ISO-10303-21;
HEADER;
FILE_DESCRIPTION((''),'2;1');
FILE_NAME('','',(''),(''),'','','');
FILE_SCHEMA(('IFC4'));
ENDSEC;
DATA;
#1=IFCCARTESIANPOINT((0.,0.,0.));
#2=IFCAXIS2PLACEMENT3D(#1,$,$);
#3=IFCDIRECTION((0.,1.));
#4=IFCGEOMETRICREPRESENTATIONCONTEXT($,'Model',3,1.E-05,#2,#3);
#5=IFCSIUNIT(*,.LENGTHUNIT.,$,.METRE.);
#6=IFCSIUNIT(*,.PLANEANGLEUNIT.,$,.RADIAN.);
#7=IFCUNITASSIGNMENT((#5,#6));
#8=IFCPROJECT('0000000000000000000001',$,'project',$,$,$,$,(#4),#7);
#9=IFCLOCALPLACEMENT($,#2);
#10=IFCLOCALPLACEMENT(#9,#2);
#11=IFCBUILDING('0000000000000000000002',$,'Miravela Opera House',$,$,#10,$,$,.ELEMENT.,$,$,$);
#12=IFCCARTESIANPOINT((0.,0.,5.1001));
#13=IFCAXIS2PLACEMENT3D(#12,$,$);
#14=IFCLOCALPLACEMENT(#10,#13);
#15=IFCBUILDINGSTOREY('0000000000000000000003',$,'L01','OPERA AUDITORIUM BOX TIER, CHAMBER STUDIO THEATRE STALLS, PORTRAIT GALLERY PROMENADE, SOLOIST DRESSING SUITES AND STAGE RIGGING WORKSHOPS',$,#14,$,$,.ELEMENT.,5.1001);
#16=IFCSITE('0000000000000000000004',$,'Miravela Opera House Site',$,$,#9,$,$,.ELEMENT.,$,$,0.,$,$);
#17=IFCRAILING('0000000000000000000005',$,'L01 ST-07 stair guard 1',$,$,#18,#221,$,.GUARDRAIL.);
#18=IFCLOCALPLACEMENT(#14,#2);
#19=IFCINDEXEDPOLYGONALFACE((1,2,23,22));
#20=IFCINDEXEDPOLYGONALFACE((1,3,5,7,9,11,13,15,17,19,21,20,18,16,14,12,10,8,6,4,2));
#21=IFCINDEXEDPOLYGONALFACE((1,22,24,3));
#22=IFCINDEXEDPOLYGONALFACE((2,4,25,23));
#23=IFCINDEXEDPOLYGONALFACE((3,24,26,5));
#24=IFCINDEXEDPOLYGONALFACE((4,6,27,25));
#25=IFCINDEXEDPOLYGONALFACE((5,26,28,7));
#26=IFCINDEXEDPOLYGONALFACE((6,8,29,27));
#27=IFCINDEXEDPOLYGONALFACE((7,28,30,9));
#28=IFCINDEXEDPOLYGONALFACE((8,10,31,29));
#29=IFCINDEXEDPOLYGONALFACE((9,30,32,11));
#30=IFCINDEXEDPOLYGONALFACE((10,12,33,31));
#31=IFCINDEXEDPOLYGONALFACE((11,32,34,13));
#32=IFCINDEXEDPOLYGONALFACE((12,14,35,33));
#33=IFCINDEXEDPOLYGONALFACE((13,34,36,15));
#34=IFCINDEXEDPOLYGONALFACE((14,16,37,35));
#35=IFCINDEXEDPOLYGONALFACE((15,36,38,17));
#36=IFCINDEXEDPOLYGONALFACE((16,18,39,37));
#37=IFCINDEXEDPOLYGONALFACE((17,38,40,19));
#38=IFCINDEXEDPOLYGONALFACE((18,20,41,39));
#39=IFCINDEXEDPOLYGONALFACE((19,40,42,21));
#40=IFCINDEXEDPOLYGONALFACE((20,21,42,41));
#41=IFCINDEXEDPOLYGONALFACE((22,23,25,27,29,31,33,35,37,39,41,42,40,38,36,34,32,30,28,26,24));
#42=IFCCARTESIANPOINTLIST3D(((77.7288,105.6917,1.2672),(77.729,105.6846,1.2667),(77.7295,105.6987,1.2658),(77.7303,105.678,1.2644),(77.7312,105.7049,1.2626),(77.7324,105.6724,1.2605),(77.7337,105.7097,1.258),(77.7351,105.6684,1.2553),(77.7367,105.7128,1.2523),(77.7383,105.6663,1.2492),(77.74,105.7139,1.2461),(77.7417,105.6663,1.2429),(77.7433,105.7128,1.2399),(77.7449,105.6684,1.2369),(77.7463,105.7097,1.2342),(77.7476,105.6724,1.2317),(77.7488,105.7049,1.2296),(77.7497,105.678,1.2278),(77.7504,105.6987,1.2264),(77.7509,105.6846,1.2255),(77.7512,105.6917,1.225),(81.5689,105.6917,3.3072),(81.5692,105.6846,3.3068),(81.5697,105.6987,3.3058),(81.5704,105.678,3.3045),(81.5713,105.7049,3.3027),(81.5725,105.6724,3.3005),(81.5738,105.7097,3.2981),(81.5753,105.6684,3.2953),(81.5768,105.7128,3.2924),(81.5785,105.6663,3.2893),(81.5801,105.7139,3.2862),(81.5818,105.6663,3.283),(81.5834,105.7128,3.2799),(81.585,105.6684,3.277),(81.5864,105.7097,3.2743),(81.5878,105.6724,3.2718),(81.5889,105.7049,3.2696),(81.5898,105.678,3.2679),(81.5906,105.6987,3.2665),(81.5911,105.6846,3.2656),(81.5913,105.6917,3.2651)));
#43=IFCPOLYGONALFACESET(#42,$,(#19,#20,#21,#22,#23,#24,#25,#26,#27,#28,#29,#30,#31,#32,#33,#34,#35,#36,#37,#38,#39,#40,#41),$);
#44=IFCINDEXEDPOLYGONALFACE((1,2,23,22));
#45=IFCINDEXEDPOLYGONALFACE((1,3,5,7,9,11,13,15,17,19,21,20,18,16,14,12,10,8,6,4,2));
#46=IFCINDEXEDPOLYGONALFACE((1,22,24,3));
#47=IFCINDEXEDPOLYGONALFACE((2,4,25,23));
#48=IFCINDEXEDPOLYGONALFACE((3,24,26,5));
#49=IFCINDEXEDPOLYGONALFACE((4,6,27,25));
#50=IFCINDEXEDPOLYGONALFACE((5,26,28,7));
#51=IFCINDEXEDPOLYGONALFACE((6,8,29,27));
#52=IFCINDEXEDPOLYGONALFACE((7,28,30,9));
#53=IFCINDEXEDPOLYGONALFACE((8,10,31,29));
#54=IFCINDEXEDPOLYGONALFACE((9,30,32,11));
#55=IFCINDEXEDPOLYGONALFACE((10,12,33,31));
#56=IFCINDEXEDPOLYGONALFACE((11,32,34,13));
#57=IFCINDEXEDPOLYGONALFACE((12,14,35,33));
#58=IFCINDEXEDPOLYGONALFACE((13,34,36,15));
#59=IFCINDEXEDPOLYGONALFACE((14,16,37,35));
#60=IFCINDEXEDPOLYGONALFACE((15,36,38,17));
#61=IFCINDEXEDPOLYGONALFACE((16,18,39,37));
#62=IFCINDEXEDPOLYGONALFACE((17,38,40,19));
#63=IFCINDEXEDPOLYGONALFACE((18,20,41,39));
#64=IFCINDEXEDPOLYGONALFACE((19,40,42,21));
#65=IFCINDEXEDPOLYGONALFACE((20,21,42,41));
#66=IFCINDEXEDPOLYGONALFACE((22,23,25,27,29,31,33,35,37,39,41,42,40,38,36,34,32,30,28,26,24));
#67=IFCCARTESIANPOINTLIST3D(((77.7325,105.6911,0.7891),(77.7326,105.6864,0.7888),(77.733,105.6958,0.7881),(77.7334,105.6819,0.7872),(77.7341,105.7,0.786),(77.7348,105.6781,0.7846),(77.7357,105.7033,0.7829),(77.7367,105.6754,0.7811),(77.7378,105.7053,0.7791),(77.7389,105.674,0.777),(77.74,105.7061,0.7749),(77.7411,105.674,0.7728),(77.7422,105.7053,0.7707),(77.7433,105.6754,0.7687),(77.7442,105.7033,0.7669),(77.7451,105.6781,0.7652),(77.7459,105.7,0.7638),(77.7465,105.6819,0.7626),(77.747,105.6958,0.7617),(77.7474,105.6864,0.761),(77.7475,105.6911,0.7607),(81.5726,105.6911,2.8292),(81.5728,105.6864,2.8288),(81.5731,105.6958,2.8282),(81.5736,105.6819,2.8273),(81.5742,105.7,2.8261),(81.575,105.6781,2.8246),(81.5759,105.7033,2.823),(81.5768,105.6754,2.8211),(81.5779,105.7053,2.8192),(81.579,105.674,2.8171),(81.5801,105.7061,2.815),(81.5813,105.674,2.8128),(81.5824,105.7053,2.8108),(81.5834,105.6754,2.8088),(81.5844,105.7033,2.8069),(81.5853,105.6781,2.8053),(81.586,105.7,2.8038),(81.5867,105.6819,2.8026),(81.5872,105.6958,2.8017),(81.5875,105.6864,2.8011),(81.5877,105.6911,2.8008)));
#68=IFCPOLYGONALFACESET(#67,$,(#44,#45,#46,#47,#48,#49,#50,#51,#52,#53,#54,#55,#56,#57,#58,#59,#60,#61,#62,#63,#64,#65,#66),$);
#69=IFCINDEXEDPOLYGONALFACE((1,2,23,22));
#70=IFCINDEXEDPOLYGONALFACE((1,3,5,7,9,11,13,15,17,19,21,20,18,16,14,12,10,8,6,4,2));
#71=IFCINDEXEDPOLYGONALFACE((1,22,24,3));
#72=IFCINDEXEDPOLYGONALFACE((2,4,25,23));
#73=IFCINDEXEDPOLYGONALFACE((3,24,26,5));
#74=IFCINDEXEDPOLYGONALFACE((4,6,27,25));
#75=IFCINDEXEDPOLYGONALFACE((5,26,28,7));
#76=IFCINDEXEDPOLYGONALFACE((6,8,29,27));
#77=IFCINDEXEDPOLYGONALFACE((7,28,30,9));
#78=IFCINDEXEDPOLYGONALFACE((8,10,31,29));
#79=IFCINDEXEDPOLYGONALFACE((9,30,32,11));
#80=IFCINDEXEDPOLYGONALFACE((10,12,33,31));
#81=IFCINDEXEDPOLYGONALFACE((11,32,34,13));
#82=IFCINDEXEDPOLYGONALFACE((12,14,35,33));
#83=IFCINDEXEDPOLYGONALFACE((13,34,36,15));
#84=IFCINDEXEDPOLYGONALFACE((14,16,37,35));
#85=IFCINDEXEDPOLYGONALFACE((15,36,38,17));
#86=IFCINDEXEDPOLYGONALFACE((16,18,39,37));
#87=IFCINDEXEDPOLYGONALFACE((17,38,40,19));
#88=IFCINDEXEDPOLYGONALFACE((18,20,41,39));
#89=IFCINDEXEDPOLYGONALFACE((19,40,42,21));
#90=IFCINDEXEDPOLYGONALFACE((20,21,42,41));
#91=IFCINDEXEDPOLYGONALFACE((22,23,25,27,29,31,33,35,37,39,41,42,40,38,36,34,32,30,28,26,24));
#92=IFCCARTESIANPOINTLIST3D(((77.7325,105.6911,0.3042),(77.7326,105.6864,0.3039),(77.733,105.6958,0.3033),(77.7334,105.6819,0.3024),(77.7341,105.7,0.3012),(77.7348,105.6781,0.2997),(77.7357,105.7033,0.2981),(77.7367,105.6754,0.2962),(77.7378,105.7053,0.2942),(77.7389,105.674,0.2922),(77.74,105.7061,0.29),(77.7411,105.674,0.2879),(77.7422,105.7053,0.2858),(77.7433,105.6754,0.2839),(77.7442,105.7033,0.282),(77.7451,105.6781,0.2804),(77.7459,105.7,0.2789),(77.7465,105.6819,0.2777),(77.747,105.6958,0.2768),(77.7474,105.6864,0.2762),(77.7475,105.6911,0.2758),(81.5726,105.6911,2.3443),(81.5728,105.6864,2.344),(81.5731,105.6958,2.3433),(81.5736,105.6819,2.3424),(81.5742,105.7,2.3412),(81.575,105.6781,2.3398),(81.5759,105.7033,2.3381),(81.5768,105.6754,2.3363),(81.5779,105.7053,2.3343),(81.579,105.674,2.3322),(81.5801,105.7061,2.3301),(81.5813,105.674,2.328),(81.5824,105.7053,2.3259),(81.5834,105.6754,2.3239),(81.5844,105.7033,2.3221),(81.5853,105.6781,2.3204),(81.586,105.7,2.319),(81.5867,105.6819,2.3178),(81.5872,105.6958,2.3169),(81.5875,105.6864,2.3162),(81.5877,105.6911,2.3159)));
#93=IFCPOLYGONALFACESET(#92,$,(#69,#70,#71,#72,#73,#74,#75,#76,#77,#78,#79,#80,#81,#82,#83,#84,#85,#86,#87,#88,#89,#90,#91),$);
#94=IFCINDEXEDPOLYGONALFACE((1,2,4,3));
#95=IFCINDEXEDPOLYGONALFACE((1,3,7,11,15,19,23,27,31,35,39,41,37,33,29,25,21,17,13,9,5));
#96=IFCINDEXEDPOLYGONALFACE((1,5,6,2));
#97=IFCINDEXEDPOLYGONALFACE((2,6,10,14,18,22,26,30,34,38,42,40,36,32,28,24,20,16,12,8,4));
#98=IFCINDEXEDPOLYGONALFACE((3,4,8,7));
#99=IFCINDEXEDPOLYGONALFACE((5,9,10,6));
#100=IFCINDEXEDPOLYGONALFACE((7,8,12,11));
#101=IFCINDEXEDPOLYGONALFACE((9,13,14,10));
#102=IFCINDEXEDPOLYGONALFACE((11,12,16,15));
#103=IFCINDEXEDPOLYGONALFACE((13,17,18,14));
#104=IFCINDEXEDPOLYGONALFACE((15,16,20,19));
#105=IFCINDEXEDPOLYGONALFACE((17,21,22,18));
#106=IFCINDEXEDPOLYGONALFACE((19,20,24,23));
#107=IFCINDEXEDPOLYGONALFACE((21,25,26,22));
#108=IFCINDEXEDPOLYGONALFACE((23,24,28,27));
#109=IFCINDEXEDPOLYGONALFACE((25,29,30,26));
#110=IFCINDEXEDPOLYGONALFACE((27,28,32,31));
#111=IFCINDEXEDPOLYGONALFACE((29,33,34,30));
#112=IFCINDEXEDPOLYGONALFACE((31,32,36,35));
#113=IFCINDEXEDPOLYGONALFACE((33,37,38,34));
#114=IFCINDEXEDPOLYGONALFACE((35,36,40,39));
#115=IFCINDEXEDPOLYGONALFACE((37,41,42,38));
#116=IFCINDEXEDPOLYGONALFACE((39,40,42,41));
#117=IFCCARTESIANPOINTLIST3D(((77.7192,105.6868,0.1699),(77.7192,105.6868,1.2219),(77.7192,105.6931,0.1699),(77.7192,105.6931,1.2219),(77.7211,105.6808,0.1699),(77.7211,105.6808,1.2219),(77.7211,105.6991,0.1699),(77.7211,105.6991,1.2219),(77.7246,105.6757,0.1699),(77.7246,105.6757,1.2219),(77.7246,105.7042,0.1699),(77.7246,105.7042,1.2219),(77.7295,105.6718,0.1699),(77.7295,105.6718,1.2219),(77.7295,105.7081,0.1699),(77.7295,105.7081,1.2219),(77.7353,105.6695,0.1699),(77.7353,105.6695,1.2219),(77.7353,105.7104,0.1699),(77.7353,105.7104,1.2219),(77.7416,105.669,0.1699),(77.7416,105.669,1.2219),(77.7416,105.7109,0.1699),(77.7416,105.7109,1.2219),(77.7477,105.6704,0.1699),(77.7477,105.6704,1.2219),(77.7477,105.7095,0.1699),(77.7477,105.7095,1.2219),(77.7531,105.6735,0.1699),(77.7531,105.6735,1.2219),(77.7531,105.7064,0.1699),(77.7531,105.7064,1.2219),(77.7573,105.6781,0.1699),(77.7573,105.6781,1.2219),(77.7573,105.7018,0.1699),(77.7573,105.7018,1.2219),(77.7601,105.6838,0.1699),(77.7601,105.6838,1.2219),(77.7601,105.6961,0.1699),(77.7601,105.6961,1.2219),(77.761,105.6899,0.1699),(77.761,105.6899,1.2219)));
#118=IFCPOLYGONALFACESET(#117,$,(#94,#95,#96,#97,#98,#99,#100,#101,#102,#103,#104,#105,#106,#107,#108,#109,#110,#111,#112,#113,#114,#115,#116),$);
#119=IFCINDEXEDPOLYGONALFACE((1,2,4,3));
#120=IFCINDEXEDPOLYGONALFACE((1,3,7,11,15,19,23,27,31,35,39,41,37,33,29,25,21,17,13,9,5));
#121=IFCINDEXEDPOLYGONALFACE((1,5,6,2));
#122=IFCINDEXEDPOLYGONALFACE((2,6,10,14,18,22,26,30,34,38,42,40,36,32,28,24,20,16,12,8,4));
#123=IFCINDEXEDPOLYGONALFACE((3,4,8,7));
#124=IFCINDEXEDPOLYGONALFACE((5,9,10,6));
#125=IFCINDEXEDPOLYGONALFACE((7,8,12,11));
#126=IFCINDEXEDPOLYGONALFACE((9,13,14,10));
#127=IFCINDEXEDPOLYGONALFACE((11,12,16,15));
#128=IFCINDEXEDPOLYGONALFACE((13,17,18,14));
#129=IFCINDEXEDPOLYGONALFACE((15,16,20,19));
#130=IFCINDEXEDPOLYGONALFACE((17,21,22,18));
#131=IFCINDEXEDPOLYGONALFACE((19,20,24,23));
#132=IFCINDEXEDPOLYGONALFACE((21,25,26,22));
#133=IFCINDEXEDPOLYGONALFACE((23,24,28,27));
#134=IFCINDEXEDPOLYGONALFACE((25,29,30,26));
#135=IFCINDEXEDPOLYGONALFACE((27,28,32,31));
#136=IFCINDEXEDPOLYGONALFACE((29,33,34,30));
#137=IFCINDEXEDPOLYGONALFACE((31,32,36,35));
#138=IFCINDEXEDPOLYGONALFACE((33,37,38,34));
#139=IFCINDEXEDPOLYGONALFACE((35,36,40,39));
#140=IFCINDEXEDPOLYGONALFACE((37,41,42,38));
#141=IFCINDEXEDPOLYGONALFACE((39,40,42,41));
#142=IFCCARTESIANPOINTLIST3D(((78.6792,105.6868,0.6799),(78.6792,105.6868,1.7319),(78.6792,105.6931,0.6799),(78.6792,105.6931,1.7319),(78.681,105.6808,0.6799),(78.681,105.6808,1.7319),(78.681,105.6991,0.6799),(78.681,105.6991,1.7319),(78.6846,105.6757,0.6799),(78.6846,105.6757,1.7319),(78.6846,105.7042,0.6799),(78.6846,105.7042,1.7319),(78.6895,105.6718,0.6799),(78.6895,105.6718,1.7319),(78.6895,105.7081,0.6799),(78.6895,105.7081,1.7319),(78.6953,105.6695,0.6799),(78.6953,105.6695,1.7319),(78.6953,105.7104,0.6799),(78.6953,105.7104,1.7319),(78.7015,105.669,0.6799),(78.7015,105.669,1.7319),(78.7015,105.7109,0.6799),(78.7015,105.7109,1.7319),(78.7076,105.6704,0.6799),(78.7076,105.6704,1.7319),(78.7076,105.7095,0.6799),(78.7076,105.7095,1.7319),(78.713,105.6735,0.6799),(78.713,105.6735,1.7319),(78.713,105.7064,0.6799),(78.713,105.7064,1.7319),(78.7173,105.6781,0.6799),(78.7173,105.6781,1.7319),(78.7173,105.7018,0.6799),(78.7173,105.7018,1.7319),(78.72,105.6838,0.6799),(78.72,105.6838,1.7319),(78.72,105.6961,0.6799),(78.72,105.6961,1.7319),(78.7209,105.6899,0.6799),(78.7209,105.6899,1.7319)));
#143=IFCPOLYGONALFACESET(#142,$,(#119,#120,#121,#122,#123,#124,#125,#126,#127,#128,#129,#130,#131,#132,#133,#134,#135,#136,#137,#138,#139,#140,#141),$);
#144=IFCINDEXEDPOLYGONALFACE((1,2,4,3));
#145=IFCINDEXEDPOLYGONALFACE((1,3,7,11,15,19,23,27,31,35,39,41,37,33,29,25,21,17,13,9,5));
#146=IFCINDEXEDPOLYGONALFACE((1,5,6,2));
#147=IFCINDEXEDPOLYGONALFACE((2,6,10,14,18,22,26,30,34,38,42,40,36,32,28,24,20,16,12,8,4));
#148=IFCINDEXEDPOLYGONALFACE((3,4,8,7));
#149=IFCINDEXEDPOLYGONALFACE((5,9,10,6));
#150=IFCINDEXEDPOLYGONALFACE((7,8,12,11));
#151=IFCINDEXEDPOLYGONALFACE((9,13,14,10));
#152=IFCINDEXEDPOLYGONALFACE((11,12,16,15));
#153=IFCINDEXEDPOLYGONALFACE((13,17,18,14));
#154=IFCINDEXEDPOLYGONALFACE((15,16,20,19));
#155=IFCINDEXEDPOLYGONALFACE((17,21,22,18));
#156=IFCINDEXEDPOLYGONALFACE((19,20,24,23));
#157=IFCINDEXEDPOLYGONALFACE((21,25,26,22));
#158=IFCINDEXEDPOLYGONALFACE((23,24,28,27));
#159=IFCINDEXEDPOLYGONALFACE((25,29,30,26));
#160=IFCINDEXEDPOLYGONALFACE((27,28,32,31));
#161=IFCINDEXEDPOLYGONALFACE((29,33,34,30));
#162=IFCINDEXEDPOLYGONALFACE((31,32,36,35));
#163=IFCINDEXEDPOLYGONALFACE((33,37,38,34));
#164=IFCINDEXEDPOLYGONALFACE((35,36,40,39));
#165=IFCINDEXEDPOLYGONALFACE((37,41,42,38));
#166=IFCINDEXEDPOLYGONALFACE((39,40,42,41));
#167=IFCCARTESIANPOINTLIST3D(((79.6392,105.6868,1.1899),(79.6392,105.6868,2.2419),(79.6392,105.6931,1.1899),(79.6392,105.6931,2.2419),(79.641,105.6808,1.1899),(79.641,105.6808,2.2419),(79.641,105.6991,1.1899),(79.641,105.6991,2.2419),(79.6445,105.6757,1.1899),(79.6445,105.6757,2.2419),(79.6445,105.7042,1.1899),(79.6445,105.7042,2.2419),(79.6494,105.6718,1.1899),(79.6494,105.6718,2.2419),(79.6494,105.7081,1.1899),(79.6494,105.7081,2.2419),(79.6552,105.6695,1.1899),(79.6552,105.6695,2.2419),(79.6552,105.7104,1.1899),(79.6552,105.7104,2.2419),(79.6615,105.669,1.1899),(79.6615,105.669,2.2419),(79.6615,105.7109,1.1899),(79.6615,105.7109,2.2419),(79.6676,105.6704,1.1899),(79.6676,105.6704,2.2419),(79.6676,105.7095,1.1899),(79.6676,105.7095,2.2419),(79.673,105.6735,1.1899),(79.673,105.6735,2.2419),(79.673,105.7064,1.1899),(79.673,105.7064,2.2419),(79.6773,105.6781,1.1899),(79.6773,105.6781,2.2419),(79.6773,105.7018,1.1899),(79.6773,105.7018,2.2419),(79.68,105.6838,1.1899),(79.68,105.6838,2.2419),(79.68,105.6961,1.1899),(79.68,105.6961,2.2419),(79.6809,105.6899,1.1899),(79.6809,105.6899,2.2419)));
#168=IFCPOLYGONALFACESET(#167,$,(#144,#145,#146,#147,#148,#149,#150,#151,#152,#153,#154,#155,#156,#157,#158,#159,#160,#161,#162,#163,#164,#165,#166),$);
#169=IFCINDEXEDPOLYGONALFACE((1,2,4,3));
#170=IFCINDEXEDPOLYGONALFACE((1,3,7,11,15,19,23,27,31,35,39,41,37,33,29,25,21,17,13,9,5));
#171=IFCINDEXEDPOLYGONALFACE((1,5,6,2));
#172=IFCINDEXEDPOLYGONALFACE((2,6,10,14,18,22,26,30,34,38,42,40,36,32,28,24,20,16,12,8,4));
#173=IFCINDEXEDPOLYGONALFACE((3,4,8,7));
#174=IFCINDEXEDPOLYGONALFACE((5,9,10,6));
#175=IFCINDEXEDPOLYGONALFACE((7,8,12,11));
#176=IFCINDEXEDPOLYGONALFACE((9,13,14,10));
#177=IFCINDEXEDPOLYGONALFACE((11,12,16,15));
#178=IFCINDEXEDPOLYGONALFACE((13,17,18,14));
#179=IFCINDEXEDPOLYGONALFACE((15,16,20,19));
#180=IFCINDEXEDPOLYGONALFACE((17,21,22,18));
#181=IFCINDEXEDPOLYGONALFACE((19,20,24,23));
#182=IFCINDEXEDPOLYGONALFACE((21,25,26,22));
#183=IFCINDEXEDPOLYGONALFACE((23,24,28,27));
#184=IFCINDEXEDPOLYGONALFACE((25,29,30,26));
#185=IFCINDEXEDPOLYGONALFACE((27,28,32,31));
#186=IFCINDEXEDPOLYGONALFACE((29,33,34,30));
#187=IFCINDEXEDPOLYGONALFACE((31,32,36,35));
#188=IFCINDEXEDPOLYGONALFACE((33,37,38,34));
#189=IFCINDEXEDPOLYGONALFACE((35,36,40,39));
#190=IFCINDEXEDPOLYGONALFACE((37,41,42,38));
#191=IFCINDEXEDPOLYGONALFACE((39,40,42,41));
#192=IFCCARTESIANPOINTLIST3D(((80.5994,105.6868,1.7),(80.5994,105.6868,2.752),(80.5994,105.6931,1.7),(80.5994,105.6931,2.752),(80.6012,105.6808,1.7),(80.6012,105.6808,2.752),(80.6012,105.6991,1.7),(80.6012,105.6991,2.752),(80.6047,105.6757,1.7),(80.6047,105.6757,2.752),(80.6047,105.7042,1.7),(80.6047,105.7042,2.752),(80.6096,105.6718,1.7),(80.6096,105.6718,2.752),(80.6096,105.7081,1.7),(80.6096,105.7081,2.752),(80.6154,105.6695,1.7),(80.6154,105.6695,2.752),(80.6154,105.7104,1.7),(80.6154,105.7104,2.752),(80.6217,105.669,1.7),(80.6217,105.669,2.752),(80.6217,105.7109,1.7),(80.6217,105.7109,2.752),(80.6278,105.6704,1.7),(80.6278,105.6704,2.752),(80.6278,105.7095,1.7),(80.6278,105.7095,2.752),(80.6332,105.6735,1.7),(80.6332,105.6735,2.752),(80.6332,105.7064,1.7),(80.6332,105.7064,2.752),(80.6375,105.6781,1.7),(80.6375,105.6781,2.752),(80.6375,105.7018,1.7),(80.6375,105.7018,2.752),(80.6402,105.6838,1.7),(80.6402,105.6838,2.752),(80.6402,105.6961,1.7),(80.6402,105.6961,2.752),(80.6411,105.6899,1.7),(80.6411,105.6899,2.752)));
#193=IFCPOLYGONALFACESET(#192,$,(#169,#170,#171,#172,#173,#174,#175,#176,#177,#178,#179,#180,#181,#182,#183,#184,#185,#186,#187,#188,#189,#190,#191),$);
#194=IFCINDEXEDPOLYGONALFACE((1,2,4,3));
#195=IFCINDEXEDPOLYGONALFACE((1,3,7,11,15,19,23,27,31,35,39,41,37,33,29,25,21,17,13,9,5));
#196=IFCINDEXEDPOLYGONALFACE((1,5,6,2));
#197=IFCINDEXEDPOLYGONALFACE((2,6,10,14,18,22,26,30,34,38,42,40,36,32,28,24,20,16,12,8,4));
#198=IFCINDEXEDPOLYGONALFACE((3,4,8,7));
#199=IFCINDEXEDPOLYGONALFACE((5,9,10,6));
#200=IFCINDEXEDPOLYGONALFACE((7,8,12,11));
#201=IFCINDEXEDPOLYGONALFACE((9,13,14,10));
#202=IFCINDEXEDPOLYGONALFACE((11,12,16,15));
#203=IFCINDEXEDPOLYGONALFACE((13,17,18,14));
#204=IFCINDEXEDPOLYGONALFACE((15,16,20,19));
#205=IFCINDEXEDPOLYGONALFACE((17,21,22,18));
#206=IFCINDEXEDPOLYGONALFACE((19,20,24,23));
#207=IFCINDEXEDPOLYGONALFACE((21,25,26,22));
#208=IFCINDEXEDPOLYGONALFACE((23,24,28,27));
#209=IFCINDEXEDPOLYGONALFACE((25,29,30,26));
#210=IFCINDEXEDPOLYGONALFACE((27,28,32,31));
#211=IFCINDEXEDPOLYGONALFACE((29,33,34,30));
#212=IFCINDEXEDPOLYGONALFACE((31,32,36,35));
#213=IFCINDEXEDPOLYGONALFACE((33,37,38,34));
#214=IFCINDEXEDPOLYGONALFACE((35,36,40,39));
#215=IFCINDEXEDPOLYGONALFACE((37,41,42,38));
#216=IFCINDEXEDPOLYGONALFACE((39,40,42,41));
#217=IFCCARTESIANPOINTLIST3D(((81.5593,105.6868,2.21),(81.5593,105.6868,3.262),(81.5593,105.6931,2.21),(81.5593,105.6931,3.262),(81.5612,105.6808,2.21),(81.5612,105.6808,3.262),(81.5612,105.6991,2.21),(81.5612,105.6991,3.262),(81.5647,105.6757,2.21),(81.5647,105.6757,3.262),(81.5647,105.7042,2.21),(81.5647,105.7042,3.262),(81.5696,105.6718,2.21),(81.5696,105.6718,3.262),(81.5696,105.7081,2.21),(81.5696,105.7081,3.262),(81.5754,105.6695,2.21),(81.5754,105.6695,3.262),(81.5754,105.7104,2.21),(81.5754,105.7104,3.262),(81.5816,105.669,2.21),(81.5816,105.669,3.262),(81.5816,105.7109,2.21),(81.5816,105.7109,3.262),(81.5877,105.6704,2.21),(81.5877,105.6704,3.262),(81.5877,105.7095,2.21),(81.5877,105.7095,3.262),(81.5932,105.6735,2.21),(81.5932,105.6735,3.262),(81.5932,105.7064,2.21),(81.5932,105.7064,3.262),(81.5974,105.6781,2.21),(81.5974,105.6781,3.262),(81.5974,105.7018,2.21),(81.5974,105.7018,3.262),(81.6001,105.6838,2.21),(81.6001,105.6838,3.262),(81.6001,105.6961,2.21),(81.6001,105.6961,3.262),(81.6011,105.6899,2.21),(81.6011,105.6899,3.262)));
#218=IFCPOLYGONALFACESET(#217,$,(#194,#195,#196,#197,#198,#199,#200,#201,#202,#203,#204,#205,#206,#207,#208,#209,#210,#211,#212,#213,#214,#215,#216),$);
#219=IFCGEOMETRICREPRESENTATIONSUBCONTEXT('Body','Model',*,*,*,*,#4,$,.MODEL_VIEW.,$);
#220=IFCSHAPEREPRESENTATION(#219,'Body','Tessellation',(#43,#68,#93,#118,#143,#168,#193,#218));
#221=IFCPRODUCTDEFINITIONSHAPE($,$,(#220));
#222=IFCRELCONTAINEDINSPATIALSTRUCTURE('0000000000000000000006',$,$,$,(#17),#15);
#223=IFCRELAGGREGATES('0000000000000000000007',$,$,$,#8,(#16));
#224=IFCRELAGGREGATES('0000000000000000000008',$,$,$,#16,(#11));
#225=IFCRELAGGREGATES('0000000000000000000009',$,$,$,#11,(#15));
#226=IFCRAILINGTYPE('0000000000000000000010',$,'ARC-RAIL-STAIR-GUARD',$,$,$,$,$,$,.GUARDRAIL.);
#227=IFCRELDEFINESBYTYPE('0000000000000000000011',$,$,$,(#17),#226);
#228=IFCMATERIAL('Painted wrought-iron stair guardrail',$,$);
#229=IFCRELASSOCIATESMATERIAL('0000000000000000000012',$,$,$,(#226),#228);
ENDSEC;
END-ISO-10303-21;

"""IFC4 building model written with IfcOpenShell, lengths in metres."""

from ifc_helpers import new_model, si_unit, direction, frame, origin, origin_2d, place, context, subcontext, project, spatial, circle, extrude, material, type_object, element, save


model = new_model("IFC4")

# Units and contexts
model_context = context("Model", 3, precision=1e-05, world=origin(), true_north=direction((0.0, 1.0)))
body_context = subcontext(model_context, "Body", "Model", "MODEL_VIEW")
ifc_project = project(units=[si_unit("LENGTHUNIT", "METRE"), si_unit("PLANEANGLEUNIT", "RADIAN")], contexts=[model_context])

# Site, building, storey
site_placement = place(None, origin())
site = spatial("IfcSite", under=ifc_project, at=site_placement, Name="Miravela Opera House Site", CompositionType="ELEMENT", RefElevation=0.0)
building_placement = place(site_placement, origin())
building = spatial("IfcBuilding", under=site, at=building_placement, Name="Miravela Opera House", CompositionType="ELEMENT")
storey_placement = place(building_placement, frame((0.0, 0.0, 5.1001)))
storey = spatial("IfcBuildingStorey", under=building, at=storey_placement, Name="L01", Description="OPERA AUDITORIUM BOX TIER, CHAMBER STUDIO THEATRE STALLS, PORTRAIT GALLERY PROMENADE, SOLOIST DRESSING SUITES AND STAGE RIGGING WORKSHOPS", CompositionType="ELEMENT", Elevation=5.1001)

# Railing
ifc_material_1 = material(Name="Painted wrought-iron stair guardrail")
railing_type_1 = type_object("IfcRailingType", Name="ARC-RAIL-STAIR-GUARD", PredefinedType="GUARDRAIL", material=ifc_material_1)
railing_1_placement = place(storey_placement, frame((77.74, 105.6899, 0.1699)))
element("IfcRailing", 1, at=railing_1_placement, inside=storey, type_object=railing_type_1, Name="L01 ST-07 stair guard 1", PredefinedType="GUARDRAIL", context=body_context, shape_type="SweptSolid", body=[
    extrude(circle(Radius=0.0239, at=origin_2d()), frame((0.0, 0.0, 1.0762), z_axis=(0.883116, 0.0, 0.469154), x_axis=(0.0, 1.0, 0.0)), (0.0, 0.0, 1.0), 4.3484),
    extrude(circle(Radius=0.0161, at=origin_2d()), frame((0.0, 0.0, 0.605), z_axis=(0.883116, 0.0, 0.469154), x_axis=(0.0, 1.0, 0.0)), (0.0, 0.0, 1.0), 4.3484),
    extrude(circle(Radius=0.0161, at=origin_2d()), frame((0.0, 0.0, 0.1201), z_axis=(0.883116, 0.0, 0.469154), x_axis=(0.0, 1.0, 0.0)), (0.0, 0.0, 1.0), 4.3484),
    extrude(circle(Radius=0.021, at=origin_2d()), origin(), (0.0, 0.0, 1.0), 1.052),
    extrude(circle(Radius=0.021, at=origin_2d()), frame((0.96, 0.0, 0.51)), (0.0, 0.0, 1.0), 1.052),
    extrude(circle(Radius=0.021, at=origin_2d()), frame((1.9199, 0.0, 1.02)), (0.0, 0.0, 1.0), 1.052),
    extrude(circle(Radius=0.021, at=origin_2d()), frame((2.8801, 0.0, 1.53)), (0.0, 0.0, 1.0), 1.052),
    extrude(circle(Radius=0.021, at=origin_2d()), frame((3.8401, 0.0, 2.04)), (0.0, 0.0, 1.0), 1.052),
])

save(model, "model.ifc")
